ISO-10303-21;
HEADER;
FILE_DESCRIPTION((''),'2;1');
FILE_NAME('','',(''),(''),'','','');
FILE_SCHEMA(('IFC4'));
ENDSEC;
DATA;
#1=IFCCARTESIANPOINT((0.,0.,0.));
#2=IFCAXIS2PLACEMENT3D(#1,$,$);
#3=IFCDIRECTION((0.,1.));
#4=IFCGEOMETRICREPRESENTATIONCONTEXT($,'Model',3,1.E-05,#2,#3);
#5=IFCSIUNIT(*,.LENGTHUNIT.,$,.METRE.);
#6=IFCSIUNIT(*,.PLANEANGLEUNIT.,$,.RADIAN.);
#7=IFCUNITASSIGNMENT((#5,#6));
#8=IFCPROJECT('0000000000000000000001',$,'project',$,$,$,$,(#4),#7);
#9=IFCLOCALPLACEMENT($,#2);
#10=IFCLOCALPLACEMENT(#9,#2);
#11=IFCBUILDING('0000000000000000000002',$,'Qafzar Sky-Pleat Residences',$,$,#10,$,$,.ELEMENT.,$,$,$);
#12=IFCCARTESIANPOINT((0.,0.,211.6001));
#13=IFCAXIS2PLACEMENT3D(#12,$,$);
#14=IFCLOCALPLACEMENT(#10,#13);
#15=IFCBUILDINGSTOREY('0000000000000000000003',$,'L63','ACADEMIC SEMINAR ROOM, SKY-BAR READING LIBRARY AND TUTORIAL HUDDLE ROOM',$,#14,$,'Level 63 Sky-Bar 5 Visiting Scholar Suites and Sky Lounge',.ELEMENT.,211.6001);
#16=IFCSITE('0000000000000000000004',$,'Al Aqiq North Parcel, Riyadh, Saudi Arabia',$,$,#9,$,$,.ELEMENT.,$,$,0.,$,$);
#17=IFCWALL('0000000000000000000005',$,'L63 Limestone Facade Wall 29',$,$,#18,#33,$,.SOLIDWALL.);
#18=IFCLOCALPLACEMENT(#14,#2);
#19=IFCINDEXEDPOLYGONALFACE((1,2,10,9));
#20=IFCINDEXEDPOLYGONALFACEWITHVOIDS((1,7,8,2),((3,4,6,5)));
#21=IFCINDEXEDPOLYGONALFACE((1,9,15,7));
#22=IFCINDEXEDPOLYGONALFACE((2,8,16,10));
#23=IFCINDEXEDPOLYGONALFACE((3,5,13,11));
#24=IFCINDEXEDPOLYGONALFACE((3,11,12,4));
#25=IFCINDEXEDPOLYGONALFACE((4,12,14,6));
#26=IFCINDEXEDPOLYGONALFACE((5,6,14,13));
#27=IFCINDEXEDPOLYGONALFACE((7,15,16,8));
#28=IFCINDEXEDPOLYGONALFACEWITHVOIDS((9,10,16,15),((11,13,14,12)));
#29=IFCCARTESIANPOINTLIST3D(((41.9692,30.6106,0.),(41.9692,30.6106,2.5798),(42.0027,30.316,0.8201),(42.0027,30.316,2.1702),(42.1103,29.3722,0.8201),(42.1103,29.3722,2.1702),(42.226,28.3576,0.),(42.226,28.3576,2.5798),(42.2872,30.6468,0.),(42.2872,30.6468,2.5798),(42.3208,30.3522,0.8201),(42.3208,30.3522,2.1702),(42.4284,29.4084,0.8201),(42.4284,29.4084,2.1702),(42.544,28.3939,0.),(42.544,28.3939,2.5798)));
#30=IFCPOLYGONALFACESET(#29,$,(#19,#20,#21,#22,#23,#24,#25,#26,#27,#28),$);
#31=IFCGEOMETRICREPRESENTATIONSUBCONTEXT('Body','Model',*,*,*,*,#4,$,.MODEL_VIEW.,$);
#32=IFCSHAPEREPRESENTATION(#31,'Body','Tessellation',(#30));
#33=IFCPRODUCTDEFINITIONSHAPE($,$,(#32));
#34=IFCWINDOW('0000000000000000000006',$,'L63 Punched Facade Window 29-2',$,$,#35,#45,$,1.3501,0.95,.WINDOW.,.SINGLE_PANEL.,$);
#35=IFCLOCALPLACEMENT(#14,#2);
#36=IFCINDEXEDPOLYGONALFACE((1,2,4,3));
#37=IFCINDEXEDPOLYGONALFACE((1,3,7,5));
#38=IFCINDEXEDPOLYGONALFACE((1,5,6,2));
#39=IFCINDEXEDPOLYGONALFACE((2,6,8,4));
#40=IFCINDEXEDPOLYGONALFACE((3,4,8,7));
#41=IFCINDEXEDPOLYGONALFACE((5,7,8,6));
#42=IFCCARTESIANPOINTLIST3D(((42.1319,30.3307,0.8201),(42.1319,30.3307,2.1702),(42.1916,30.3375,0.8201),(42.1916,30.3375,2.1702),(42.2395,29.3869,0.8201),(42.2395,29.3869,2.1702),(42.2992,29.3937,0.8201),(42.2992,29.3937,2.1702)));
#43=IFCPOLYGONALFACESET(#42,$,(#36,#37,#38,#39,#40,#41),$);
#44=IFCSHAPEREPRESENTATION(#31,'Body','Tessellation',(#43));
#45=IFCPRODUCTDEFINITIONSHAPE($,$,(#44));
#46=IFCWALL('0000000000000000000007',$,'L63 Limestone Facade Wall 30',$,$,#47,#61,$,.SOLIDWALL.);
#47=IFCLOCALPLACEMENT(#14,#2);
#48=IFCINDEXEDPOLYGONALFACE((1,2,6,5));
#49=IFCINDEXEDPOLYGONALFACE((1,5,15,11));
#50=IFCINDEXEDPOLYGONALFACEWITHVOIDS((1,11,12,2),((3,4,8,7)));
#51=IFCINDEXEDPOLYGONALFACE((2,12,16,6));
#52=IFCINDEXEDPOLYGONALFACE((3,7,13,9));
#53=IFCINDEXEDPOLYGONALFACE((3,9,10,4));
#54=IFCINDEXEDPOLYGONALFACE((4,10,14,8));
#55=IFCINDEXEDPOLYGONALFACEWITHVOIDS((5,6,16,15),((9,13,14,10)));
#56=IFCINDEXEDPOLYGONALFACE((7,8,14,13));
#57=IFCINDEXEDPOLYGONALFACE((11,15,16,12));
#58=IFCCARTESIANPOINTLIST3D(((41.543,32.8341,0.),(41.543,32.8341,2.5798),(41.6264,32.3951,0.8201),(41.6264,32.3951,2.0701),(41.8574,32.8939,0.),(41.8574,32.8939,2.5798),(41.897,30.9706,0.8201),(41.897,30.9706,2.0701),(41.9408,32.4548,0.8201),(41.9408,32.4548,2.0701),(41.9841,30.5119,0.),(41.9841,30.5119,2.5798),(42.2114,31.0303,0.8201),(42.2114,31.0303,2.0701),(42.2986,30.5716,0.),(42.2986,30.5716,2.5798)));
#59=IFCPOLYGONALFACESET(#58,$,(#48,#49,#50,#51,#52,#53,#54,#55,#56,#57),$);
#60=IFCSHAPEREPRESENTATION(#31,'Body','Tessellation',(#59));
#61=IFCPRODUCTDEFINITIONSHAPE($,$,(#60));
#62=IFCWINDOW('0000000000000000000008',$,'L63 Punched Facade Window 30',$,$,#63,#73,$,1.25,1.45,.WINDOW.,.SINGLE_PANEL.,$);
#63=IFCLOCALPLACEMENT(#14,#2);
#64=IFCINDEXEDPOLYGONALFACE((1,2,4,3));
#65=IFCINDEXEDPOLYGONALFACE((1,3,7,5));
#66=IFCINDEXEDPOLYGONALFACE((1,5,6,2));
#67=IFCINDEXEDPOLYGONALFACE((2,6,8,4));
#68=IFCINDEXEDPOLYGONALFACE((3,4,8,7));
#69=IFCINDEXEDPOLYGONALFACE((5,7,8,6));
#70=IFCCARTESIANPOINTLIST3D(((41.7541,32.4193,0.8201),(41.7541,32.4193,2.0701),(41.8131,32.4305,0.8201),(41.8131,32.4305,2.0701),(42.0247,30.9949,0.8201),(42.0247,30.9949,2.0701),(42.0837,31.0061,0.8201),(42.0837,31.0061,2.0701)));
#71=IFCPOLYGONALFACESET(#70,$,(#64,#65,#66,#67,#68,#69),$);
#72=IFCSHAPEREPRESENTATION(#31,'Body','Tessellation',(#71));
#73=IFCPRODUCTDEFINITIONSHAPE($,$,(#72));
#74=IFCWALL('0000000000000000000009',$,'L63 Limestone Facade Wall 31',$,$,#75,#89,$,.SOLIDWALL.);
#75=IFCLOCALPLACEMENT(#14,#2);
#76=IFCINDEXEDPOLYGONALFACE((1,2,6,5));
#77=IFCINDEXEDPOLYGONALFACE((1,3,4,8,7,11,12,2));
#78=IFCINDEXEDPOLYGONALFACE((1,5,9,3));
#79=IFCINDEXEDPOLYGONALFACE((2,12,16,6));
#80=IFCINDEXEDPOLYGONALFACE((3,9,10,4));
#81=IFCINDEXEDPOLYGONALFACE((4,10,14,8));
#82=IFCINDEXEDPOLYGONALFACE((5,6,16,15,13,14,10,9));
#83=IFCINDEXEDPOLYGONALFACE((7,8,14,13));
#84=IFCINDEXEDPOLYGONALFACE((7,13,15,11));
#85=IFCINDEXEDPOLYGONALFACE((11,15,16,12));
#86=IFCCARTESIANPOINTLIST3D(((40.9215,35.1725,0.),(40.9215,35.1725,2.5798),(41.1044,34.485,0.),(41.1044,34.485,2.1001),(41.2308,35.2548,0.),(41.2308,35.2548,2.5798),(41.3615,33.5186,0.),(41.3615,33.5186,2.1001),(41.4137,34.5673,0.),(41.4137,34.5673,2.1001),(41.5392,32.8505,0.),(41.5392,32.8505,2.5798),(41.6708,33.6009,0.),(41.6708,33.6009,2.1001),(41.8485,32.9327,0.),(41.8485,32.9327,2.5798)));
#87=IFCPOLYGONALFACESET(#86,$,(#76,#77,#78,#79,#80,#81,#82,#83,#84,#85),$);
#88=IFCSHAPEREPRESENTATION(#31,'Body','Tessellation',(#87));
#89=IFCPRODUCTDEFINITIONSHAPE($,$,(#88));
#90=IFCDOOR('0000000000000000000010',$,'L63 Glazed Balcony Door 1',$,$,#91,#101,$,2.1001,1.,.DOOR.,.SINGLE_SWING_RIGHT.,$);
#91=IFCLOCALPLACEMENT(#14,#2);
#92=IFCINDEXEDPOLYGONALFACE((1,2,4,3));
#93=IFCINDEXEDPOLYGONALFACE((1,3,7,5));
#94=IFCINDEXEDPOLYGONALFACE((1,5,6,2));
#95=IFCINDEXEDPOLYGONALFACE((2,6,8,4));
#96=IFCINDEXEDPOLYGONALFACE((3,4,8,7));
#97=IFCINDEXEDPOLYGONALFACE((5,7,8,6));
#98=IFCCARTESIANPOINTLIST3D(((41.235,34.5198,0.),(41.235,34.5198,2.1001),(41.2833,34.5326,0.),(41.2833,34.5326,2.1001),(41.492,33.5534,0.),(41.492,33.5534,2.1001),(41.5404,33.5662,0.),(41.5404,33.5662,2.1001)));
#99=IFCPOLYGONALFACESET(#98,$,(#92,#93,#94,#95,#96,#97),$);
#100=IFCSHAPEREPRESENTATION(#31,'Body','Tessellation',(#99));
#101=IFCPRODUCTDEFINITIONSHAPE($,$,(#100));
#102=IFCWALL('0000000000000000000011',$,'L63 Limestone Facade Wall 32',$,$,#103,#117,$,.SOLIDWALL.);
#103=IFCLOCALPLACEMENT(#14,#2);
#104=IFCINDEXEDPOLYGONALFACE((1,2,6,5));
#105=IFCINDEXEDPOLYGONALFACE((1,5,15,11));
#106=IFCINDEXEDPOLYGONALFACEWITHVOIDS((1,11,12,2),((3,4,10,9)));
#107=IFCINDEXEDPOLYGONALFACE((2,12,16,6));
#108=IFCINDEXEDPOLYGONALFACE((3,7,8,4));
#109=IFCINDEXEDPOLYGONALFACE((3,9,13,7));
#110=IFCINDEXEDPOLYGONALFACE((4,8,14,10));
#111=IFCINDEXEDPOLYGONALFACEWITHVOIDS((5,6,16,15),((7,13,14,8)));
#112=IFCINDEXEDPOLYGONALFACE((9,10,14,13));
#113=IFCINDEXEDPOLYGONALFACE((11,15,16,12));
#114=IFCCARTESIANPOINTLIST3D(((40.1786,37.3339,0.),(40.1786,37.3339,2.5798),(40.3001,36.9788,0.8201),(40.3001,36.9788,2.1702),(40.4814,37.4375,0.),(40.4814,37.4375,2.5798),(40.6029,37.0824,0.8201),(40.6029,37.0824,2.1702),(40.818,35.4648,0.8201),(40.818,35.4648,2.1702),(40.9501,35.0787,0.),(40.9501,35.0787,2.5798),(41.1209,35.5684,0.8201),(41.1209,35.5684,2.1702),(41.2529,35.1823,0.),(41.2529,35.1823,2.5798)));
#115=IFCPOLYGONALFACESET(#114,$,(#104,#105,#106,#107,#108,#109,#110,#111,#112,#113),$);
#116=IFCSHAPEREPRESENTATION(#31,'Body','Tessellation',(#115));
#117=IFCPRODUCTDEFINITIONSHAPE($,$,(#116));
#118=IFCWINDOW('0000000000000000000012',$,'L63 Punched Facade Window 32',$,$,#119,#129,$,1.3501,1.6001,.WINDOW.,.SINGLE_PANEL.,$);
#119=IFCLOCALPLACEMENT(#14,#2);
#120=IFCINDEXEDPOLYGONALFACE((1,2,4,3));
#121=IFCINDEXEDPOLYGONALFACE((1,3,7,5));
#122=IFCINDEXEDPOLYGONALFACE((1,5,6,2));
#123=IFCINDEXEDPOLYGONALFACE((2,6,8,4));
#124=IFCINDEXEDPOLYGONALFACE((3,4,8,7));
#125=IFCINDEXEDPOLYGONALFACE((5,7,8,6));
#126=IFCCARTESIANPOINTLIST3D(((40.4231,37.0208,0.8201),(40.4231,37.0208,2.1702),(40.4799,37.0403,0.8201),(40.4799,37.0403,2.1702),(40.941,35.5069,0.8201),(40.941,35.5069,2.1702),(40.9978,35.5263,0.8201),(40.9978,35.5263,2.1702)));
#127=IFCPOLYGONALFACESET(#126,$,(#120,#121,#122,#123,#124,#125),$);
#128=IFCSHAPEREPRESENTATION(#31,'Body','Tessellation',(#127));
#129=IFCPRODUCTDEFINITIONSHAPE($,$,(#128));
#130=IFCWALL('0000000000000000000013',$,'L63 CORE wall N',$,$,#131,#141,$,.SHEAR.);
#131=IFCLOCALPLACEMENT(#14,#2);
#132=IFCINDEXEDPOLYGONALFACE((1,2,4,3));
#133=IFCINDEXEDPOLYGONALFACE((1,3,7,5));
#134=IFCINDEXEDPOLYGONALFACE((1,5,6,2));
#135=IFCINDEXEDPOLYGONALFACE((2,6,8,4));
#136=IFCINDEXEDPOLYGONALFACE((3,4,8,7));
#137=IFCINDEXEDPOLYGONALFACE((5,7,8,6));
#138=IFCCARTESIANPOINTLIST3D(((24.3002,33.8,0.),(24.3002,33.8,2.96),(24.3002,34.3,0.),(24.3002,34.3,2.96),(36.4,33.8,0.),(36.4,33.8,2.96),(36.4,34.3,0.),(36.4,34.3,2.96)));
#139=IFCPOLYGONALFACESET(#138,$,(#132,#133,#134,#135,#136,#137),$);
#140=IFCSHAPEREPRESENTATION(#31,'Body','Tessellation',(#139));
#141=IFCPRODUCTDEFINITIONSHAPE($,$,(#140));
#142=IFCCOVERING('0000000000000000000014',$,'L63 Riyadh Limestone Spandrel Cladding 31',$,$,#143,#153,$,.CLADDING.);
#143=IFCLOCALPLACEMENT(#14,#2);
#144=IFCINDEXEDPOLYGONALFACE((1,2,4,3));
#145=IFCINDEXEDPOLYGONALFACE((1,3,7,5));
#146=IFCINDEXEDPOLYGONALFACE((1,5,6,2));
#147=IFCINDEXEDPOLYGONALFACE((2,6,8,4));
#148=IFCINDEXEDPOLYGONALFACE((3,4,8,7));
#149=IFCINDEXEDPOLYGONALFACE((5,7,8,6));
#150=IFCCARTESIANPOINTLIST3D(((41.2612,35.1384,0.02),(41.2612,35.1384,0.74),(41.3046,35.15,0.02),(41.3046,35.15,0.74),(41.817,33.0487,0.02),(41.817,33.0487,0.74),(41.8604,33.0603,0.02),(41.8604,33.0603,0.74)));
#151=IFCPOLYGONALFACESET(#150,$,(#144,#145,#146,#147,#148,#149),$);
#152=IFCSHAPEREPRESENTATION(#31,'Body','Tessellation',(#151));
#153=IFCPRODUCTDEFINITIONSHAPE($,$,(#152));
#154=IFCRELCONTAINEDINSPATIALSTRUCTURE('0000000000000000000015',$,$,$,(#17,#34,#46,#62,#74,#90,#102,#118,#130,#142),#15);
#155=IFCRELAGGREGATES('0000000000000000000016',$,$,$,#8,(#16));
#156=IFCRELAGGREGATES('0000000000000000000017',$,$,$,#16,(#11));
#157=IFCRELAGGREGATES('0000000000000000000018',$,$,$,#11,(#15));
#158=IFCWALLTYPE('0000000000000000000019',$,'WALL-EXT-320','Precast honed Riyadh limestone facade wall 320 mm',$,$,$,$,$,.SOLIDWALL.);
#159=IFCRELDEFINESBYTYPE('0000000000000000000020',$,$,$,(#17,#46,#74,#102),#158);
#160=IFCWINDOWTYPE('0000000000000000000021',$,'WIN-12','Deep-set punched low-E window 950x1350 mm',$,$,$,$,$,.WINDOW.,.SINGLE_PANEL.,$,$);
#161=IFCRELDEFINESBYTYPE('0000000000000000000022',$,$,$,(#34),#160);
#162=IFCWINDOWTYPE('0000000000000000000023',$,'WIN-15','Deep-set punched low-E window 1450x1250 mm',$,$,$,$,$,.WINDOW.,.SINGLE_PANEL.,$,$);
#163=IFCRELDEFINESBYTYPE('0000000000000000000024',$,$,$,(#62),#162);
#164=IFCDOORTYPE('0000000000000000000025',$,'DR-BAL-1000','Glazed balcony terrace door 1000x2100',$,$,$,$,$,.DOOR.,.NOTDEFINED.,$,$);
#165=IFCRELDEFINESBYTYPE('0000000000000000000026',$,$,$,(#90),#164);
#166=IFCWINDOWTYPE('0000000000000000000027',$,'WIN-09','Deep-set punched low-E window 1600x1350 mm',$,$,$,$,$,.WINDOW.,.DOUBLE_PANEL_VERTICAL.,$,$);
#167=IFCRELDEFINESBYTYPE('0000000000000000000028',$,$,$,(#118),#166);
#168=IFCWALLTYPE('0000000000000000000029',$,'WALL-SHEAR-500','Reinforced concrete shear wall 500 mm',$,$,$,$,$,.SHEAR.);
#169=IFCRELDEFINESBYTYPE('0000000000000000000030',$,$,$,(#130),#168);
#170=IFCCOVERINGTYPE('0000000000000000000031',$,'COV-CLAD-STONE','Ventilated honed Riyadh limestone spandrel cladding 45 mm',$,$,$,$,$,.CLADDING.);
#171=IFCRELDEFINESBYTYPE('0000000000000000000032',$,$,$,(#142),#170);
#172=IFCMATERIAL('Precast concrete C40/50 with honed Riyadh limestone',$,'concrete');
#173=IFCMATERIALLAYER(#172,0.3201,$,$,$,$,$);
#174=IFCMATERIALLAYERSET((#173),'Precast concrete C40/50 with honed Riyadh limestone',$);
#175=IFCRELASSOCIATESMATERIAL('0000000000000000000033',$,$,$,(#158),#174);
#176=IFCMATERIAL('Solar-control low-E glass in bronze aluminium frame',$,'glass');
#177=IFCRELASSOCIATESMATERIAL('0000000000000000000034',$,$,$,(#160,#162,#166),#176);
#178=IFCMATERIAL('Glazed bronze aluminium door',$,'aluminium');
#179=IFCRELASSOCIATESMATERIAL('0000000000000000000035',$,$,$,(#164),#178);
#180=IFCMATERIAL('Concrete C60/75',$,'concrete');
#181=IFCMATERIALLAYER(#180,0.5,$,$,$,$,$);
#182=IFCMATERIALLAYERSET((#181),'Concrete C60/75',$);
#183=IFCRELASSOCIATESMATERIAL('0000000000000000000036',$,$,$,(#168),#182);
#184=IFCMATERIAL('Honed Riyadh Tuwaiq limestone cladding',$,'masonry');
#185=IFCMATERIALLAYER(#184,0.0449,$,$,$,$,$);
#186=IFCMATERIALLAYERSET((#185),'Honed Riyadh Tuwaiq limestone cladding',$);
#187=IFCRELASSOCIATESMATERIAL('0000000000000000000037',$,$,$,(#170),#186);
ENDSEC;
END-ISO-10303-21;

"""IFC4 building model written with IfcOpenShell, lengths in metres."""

from ifc_helpers import new_model, si_unit, direction, frame, frame_2d, origin, origin_2d, place, context, subcontext, project, spatial, rectangle, extrude, source, transform, mapped, material, layer, layer_set, type_object, element, fill, save


model = new_model("IFC4")

# Units and contexts
model_context = context("Model", 3, precision=1e-05, world=origin(), true_north=direction((0.0, 1.0)))
body_context = subcontext(model_context, "Body", "Model", "MODEL_VIEW")
ifc_project = project(units=[si_unit("LENGTHUNIT", "METRE"), si_unit("PLANEANGLEUNIT", "RADIAN")], contexts=[model_context])

# Site, building, storey
site_placement = place(None, origin())
site = spatial("IfcSite", under=ifc_project, at=site_placement, Name="Al Aqiq North Parcel, Riyadh, Saudi Arabia", CompositionType="ELEMENT", RefElevation=0.0)
building_placement = place(site_placement, origin())
building = spatial("IfcBuilding", under=site, at=building_placement, Name="Qafzar Sky-Pleat Residences", CompositionType="ELEMENT")
storey_placement = place(building_placement, frame((0.0, 0.0, 211.6001)))
storey = spatial("IfcBuildingStorey", under=building, at=storey_placement, Name="L63", Description="ACADEMIC SEMINAR ROOM, SKY-BAR READING LIBRARY AND TUTORIAL HUDDLE ROOM", LongName="Level 63 Sky-Bar 5 Visiting Scholar Suites and Sky Lounge", CompositionType="ELEMENT", Elevation=211.6001)

# Walls, openings, windows
ifc_material_1 = material(Name="Precast concrete C40/50 with honed Riyadh limestone", Category="concrete")
ifc_layer_1 = layer(ifc_material_1, 0.3201)
ifc_layer_set_1 = layer_set([ifc_layer_1], Name="Precast concrete C40/50 with honed Riyadh limestone")
wall_type_1 = type_object("IfcWallType", Name="WALL-EXT-320", Description="Precast honed Riyadh limestone facade wall 320 mm", PredefinedType="SOLIDWALL", material=ifc_layer_set_1)
wall_1_placement = place(storey_placement, frame((42.385, 28.3757, 0.0), z_axis=(0.0, 0.0, 1.0), x_axis=(-0.113267, 0.993565, 0.0)))
wall_1 = element("IfcWall", 1, at=wall_1_placement, inside=storey, type_object=wall_type_1, Name="L63 Limestone Facade Wall 29", PredefinedType="SOLIDWALL", context=body_context, shape_type="SweptSolid", body=[
    extrude(rectangle(XDim=2.2676, YDim=0.3201, at=frame_2d((1.1338, 0.0))), origin(), (0.0, 0.0, 1.0), 2.5798),
])
opening_1_placement = place(wall_1_placement, frame((1.021, 0.0, 0.8201)))
opening_1 = element("IfcOpeningElement", 2, at=opening_1_placement, cuts=wall_1, PredefinedType="OPENING", context=body_context, shape_type="SweptSolid", body=[
    extrude(rectangle(XDim=0.95, YDim=1.3501, at=frame_2d((0.4751, 0.675))), frame((0.0, 0.1699, 0.0), z_axis=(0.0, -1.0, 0.0), x_axis=(1.0, 0.0, 0.0)), (0.0, 0.0, 1.0), 0.3401),
])
ifc_material_2 = material(Name="Solar-control low-E glass in bronze aluminium frame", Category="glass")
window_type_1 = type_object("IfcWindowType", Name="WIN-12", Description="Deep-set punched low-E window 950x1350 mm", PartitioningType="SINGLE_PANEL", PredefinedType="WINDOW", material=ifc_material_2)
shared_shape_1 = source(origin(), body_context, "Body", "SweptSolid", [
    extrude(rectangle(XDim=0.95, YDim=1.3501, at=frame_2d((0.4751, 0.675))), frame((0.0, 0.03, 0.0), z_axis=(0.0, -1.0, 0.0), x_axis=(1.0, 0.0, 0.0)), (0.0, 0.0, 1.0), 0.0601),
])
window_1_placement = place(opening_1_placement, origin())
window_1 = element("IfcWindow", 3, at=window_1_placement, inside=storey, type_object=window_type_1, Name="L63 Punched Facade Window 29-2", OverallHeight=1.3501, OverallWidth=0.95, PartitioningType="SINGLE_PANEL", PredefinedType="WINDOW", context=body_context, shape_type="MappedRepresentation", body=[
    mapped(shared_shape_1, transform((0.0, 0.0, 0.0), x_axis=(1.0, 0.0, 0.0), y_axis=(0.0, 1.0, 0.0), z_axis=(0.0, 0.0, 1.0), scale=1.0)),
])
fill(opening_1, window_1)
wall_2_placement = place(storey_placement, frame((42.1414, 30.5417, 0.0), z_axis=(0.0, 0.0, 1.0), x_axis=(-0.186633, 0.98243, 0.0)))
wall_2 = element("IfcWall", 4, at=wall_2_placement, inside=storey, type_object=wall_type_1, Name="L63 Limestone Facade Wall 30", PredefinedType="SOLIDWALL", context=body_context, shape_type="SweptSolid", body=[
    extrude(rectangle(XDim=2.3638, YDim=0.3201, at=frame_2d((1.1819, 0.0))), origin(), (0.0, 0.0, 1.0), 2.5798),
])
opening_2_placement = place(wall_2_placement, frame((0.4668, 0.0, 0.8201)))
opening_2 = element("IfcOpeningElement", 5, at=opening_2_placement, cuts=wall_2, PredefinedType="OPENING", context=body_context, shape_type="SweptSolid", body=[
    extrude(rectangle(XDim=1.45, YDim=1.25, at=frame_2d((0.7251, 0.625))), frame((0.0, 0.1699, 0.0), z_axis=(0.0, -1.0, 0.0), x_axis=(1.0, 0.0, 0.0)), (0.0, 0.0, 1.0), 0.3401),
])
window_type_2 = type_object("IfcWindowType", Name="WIN-15", Description="Deep-set punched low-E window 1450x1250 mm", PartitioningType="SINGLE_PANEL", PredefinedType="WINDOW", material=ifc_material_2)
shared_shape_2 = source(origin(), body_context, "Body", "SweptSolid", [
    extrude(rectangle(XDim=1.45, YDim=1.25, at=frame_2d((0.7251, 0.625))), frame((0.0, 0.03, 0.0), z_axis=(0.0, -1.0, 0.0), x_axis=(1.0, 0.0, 0.0)), (0.0, 0.0, 1.0), 0.0601),
])
window_2_placement = place(opening_2_placement, origin())
window_2 = element("IfcWindow", 6, at=window_2_placement, inside=storey, type_object=window_type_2, Name="L63 Punched Facade Window 30", OverallHeight=1.25, OverallWidth=1.45, PartitioningType="SINGLE_PANEL", PredefinedType="WINDOW", context=body_context, shape_type="MappedRepresentation", body=[
    mapped(shared_shape_2, transform((0.0, 0.0, 0.0), x_axis=(1.0, 0.0, 0.0), y_axis=(0.0, 1.0, 0.0), z_axis=(0.0, 0.0, 1.0), scale=1.0)),
])
fill(opening_2, window_2)

# Wall, opening, door
wall_3_placement = place(storey_placement, frame((41.6938, 32.8916, 0.0), z_axis=(0.0, 0.0, 1.0), x_axis=(-0.257068, 0.966393, 0.0)))
wall_3 = element("IfcWall", 7, at=wall_3_placement, inside=storey, type_object=wall_type_1, Name="L63 Limestone Facade Wall 31", PredefinedType="SOLIDWALL", context=body_context, shape_type="SweptSolid", body=[
    extrude(rectangle(XDim=2.4028, YDim=0.3201, at=frame_2d((1.2014, 0.0))), origin(), (0.0, 0.0, 1.0), 2.5798),
])
opening_3_placement = place(wall_3_placement, frame((0.6914, 0.0, 0.0)))
opening_3 = element("IfcOpeningElement", 8, at=opening_3_placement, cuts=wall_3, PredefinedType="OPENING", context=body_context, shape_type="SweptSolid", body=[
    extrude(rectangle(XDim=1.0, YDim=2.1001, at=frame_2d((0.5, 1.05))), frame((0.0, 0.1699, 0.0), z_axis=(0.0, -1.0, 0.0), x_axis=(1.0, 0.0, 0.0)), (0.0, 0.0, 1.0), 0.3401),
])
ifc_material_3 = material(Name="Glazed bronze aluminium door", Category="aluminium")
door_type_1 = type_object("IfcDoorType", Name="DR-BAL-1000", Description="Glazed balcony terrace door 1000x2100", OperationType="NOTDEFINED", PredefinedType="DOOR", material=ifc_material_3)
shared_shape_3 = source(origin(), body_context, "Body", "SweptSolid", [
    extrude(rectangle(XDim=1.0, YDim=2.1001, at=frame_2d((0.5, 1.05))), frame((0.0, 0.0249, 0.0), z_axis=(0.0, -1.0, 0.0), x_axis=(1.0, 0.0, 0.0)), (0.0, 0.0, 1.0), 0.05),
])
door_1_placement = place(opening_3_placement, origin())
door_1 = element("IfcDoor", 9, at=door_1_placement, inside=storey, type_object=door_type_1, Name="L63 Glazed Balcony Door 1", OperationType="SINGLE_SWING_RIGHT", OverallHeight=2.1001, OverallWidth=1.0, PredefinedType="DOOR", context=body_context, shape_type="MappedRepresentation", body=[
    mapped(shared_shape_3, transform((0.0, 0.0, 0.0), x_axis=(1.0, 0.0, 0.0), y_axis=(0.0, 1.0, 0.0), z_axis=(0.0, 0.0, 1.0), scale=1.0)),
])
fill(opening_3, door_1)

# Wall, opening, window
wall_4_placement = place(storey_placement, frame((41.1016, 35.1304, 0.0), z_axis=(0.0, 0.0, 1.0), x_axis=(-0.323685, 0.946165, 0.0)))
wall_4 = element("IfcWall", 10, at=wall_4_placement, inside=storey, type_object=wall_type_1, Name="L63 Limestone Facade Wall 32", PredefinedType="SOLIDWALL", context=body_context, shape_type="SweptSolid", body=[
    extrude(rectangle(XDim=2.3835, YDim=0.3201, at=frame_2d((1.1919, 0.0))), origin(), (0.0, 0.0, 1.0), 2.5798),
])
opening_4_placement = place(wall_4_placement, frame((0.4082, 0.0, 0.8201)))
opening_4 = element("IfcOpeningElement", 11, at=opening_4_placement, cuts=wall_4, PredefinedType="OPENING", context=body_context, shape_type="SweptSolid", body=[
    extrude(rectangle(XDim=1.6001, YDim=1.3501, at=frame_2d((0.8, 0.675))), frame((0.0, 0.1699, 0.0), z_axis=(0.0, -1.0, 0.0), x_axis=(1.0, 0.0, 0.0)), (0.0, 0.0, 1.0), 0.3401),
])
window_type_3 = type_object("IfcWindowType", Name="WIN-09", Description="Deep-set punched low-E window 1600x1350 mm", PartitioningType="DOUBLE_PANEL_VERTICAL", PredefinedType="WINDOW", material=ifc_material_2)
shared_shape_4 = source(origin(), body_context, "Body", "SweptSolid", [
    extrude(rectangle(XDim=1.6001, YDim=1.3501, at=frame_2d((0.8, 0.675))), frame((0.0, 0.03, 0.0), z_axis=(0.0, -1.0, 0.0), x_axis=(1.0, 0.0, 0.0)), (0.0, 0.0, 1.0), 0.0601),
])
window_3_placement = place(opening_4_placement, origin())
window_3 = element("IfcWindow", 12, at=window_3_placement, inside=storey, type_object=window_type_3, Name="L63 Punched Facade Window 32", OverallHeight=1.3501, OverallWidth=1.6001, PartitioningType="SINGLE_PANEL", PredefinedType="WINDOW", context=body_context, shape_type="MappedRepresentation", body=[
    mapped(shared_shape_4, transform((0.0, 0.0, 0.0), x_axis=(1.0, 0.0, 0.0), y_axis=(0.0, 1.0, 0.0), z_axis=(0.0, 0.0, 1.0), scale=1.0)),
])
fill(opening_4, window_3)

# Wall
ifc_material_4 = material(Name="Concrete C60/75", Category="concrete")
ifc_layer_2 = layer(ifc_material_4, 0.5)
ifc_layer_set_2 = layer_set([ifc_layer_2], Name="Concrete C60/75")
wall_type_2 = type_object("IfcWallType", Name="WALL-SHEAR-500", Description="Reinforced concrete shear wall 500 mm", PredefinedType="SHEAR", material=ifc_layer_set_2)
wall_5_placement = place(storey_placement, frame((36.3999, 34.05, 0.0), z_axis=(0.0, 0.0, 1.0), x_axis=(-1.0, 0.0, 0.0)))
element("IfcWall", 13, at=wall_5_placement, inside=storey, type_object=wall_type_2, Name="L63 CORE wall N", PredefinedType="SHEAR", context=body_context, shape_type="SweptSolid", body=[
    extrude(rectangle(XDim=12.0999, YDim=0.5, at=frame_2d((6.0498, 0.0))), origin(), (0.0, 0.0, 1.0), 2.96),
])

# Covering
ifc_material_5 = material(Name="Honed Riyadh Tuwaiq limestone cladding", Category="masonry")
ifc_layer_3 = layer(ifc_material_5, 0.0449)
ifc_layer_set_3 = layer_set([ifc_layer_3], Name="Honed Riyadh Tuwaiq limestone cladding")
covering_type = type_object("IfcCoveringType", Name="COV-CLAD-STONE", Description="Ventilated honed Riyadh limestone spandrel cladding 45 mm", PredefinedType="CLADDING", material=ifc_layer_set_3)
shared_shape_5 = source(origin(), body_context, "Body", "SweptSolid", [
    extrude(rectangle(XDim=2.1624, YDim=0.0449, at=origin_2d()), origin(), (0.0, 0.0, 1.0), 0.72),
])
covering_placement = place(storey_placement, frame((41.5608, 34.0994, 0.02), z_axis=(0.0, 0.0, 1.0), x_axis=(-0.257051, 0.966398, 0.0)))
element("IfcCovering", 14, at=covering_placement, inside=storey, type_object=covering_type, Name="L63 Riyadh Limestone Spandrel Cladding 31", PredefinedType="CLADDING", context=body_context, shape_type="MappedRepresentation", body=[
    mapped(shared_shape_5, transform((0.0, 0.0, 0.0), x_axis=(1.0, 0.0, 0.0), y_axis=(0.0, 1.0, 0.0), z_axis=(0.0, 0.0, 1.0), scale=1.0)),
])

save(model, "model.ifc")
